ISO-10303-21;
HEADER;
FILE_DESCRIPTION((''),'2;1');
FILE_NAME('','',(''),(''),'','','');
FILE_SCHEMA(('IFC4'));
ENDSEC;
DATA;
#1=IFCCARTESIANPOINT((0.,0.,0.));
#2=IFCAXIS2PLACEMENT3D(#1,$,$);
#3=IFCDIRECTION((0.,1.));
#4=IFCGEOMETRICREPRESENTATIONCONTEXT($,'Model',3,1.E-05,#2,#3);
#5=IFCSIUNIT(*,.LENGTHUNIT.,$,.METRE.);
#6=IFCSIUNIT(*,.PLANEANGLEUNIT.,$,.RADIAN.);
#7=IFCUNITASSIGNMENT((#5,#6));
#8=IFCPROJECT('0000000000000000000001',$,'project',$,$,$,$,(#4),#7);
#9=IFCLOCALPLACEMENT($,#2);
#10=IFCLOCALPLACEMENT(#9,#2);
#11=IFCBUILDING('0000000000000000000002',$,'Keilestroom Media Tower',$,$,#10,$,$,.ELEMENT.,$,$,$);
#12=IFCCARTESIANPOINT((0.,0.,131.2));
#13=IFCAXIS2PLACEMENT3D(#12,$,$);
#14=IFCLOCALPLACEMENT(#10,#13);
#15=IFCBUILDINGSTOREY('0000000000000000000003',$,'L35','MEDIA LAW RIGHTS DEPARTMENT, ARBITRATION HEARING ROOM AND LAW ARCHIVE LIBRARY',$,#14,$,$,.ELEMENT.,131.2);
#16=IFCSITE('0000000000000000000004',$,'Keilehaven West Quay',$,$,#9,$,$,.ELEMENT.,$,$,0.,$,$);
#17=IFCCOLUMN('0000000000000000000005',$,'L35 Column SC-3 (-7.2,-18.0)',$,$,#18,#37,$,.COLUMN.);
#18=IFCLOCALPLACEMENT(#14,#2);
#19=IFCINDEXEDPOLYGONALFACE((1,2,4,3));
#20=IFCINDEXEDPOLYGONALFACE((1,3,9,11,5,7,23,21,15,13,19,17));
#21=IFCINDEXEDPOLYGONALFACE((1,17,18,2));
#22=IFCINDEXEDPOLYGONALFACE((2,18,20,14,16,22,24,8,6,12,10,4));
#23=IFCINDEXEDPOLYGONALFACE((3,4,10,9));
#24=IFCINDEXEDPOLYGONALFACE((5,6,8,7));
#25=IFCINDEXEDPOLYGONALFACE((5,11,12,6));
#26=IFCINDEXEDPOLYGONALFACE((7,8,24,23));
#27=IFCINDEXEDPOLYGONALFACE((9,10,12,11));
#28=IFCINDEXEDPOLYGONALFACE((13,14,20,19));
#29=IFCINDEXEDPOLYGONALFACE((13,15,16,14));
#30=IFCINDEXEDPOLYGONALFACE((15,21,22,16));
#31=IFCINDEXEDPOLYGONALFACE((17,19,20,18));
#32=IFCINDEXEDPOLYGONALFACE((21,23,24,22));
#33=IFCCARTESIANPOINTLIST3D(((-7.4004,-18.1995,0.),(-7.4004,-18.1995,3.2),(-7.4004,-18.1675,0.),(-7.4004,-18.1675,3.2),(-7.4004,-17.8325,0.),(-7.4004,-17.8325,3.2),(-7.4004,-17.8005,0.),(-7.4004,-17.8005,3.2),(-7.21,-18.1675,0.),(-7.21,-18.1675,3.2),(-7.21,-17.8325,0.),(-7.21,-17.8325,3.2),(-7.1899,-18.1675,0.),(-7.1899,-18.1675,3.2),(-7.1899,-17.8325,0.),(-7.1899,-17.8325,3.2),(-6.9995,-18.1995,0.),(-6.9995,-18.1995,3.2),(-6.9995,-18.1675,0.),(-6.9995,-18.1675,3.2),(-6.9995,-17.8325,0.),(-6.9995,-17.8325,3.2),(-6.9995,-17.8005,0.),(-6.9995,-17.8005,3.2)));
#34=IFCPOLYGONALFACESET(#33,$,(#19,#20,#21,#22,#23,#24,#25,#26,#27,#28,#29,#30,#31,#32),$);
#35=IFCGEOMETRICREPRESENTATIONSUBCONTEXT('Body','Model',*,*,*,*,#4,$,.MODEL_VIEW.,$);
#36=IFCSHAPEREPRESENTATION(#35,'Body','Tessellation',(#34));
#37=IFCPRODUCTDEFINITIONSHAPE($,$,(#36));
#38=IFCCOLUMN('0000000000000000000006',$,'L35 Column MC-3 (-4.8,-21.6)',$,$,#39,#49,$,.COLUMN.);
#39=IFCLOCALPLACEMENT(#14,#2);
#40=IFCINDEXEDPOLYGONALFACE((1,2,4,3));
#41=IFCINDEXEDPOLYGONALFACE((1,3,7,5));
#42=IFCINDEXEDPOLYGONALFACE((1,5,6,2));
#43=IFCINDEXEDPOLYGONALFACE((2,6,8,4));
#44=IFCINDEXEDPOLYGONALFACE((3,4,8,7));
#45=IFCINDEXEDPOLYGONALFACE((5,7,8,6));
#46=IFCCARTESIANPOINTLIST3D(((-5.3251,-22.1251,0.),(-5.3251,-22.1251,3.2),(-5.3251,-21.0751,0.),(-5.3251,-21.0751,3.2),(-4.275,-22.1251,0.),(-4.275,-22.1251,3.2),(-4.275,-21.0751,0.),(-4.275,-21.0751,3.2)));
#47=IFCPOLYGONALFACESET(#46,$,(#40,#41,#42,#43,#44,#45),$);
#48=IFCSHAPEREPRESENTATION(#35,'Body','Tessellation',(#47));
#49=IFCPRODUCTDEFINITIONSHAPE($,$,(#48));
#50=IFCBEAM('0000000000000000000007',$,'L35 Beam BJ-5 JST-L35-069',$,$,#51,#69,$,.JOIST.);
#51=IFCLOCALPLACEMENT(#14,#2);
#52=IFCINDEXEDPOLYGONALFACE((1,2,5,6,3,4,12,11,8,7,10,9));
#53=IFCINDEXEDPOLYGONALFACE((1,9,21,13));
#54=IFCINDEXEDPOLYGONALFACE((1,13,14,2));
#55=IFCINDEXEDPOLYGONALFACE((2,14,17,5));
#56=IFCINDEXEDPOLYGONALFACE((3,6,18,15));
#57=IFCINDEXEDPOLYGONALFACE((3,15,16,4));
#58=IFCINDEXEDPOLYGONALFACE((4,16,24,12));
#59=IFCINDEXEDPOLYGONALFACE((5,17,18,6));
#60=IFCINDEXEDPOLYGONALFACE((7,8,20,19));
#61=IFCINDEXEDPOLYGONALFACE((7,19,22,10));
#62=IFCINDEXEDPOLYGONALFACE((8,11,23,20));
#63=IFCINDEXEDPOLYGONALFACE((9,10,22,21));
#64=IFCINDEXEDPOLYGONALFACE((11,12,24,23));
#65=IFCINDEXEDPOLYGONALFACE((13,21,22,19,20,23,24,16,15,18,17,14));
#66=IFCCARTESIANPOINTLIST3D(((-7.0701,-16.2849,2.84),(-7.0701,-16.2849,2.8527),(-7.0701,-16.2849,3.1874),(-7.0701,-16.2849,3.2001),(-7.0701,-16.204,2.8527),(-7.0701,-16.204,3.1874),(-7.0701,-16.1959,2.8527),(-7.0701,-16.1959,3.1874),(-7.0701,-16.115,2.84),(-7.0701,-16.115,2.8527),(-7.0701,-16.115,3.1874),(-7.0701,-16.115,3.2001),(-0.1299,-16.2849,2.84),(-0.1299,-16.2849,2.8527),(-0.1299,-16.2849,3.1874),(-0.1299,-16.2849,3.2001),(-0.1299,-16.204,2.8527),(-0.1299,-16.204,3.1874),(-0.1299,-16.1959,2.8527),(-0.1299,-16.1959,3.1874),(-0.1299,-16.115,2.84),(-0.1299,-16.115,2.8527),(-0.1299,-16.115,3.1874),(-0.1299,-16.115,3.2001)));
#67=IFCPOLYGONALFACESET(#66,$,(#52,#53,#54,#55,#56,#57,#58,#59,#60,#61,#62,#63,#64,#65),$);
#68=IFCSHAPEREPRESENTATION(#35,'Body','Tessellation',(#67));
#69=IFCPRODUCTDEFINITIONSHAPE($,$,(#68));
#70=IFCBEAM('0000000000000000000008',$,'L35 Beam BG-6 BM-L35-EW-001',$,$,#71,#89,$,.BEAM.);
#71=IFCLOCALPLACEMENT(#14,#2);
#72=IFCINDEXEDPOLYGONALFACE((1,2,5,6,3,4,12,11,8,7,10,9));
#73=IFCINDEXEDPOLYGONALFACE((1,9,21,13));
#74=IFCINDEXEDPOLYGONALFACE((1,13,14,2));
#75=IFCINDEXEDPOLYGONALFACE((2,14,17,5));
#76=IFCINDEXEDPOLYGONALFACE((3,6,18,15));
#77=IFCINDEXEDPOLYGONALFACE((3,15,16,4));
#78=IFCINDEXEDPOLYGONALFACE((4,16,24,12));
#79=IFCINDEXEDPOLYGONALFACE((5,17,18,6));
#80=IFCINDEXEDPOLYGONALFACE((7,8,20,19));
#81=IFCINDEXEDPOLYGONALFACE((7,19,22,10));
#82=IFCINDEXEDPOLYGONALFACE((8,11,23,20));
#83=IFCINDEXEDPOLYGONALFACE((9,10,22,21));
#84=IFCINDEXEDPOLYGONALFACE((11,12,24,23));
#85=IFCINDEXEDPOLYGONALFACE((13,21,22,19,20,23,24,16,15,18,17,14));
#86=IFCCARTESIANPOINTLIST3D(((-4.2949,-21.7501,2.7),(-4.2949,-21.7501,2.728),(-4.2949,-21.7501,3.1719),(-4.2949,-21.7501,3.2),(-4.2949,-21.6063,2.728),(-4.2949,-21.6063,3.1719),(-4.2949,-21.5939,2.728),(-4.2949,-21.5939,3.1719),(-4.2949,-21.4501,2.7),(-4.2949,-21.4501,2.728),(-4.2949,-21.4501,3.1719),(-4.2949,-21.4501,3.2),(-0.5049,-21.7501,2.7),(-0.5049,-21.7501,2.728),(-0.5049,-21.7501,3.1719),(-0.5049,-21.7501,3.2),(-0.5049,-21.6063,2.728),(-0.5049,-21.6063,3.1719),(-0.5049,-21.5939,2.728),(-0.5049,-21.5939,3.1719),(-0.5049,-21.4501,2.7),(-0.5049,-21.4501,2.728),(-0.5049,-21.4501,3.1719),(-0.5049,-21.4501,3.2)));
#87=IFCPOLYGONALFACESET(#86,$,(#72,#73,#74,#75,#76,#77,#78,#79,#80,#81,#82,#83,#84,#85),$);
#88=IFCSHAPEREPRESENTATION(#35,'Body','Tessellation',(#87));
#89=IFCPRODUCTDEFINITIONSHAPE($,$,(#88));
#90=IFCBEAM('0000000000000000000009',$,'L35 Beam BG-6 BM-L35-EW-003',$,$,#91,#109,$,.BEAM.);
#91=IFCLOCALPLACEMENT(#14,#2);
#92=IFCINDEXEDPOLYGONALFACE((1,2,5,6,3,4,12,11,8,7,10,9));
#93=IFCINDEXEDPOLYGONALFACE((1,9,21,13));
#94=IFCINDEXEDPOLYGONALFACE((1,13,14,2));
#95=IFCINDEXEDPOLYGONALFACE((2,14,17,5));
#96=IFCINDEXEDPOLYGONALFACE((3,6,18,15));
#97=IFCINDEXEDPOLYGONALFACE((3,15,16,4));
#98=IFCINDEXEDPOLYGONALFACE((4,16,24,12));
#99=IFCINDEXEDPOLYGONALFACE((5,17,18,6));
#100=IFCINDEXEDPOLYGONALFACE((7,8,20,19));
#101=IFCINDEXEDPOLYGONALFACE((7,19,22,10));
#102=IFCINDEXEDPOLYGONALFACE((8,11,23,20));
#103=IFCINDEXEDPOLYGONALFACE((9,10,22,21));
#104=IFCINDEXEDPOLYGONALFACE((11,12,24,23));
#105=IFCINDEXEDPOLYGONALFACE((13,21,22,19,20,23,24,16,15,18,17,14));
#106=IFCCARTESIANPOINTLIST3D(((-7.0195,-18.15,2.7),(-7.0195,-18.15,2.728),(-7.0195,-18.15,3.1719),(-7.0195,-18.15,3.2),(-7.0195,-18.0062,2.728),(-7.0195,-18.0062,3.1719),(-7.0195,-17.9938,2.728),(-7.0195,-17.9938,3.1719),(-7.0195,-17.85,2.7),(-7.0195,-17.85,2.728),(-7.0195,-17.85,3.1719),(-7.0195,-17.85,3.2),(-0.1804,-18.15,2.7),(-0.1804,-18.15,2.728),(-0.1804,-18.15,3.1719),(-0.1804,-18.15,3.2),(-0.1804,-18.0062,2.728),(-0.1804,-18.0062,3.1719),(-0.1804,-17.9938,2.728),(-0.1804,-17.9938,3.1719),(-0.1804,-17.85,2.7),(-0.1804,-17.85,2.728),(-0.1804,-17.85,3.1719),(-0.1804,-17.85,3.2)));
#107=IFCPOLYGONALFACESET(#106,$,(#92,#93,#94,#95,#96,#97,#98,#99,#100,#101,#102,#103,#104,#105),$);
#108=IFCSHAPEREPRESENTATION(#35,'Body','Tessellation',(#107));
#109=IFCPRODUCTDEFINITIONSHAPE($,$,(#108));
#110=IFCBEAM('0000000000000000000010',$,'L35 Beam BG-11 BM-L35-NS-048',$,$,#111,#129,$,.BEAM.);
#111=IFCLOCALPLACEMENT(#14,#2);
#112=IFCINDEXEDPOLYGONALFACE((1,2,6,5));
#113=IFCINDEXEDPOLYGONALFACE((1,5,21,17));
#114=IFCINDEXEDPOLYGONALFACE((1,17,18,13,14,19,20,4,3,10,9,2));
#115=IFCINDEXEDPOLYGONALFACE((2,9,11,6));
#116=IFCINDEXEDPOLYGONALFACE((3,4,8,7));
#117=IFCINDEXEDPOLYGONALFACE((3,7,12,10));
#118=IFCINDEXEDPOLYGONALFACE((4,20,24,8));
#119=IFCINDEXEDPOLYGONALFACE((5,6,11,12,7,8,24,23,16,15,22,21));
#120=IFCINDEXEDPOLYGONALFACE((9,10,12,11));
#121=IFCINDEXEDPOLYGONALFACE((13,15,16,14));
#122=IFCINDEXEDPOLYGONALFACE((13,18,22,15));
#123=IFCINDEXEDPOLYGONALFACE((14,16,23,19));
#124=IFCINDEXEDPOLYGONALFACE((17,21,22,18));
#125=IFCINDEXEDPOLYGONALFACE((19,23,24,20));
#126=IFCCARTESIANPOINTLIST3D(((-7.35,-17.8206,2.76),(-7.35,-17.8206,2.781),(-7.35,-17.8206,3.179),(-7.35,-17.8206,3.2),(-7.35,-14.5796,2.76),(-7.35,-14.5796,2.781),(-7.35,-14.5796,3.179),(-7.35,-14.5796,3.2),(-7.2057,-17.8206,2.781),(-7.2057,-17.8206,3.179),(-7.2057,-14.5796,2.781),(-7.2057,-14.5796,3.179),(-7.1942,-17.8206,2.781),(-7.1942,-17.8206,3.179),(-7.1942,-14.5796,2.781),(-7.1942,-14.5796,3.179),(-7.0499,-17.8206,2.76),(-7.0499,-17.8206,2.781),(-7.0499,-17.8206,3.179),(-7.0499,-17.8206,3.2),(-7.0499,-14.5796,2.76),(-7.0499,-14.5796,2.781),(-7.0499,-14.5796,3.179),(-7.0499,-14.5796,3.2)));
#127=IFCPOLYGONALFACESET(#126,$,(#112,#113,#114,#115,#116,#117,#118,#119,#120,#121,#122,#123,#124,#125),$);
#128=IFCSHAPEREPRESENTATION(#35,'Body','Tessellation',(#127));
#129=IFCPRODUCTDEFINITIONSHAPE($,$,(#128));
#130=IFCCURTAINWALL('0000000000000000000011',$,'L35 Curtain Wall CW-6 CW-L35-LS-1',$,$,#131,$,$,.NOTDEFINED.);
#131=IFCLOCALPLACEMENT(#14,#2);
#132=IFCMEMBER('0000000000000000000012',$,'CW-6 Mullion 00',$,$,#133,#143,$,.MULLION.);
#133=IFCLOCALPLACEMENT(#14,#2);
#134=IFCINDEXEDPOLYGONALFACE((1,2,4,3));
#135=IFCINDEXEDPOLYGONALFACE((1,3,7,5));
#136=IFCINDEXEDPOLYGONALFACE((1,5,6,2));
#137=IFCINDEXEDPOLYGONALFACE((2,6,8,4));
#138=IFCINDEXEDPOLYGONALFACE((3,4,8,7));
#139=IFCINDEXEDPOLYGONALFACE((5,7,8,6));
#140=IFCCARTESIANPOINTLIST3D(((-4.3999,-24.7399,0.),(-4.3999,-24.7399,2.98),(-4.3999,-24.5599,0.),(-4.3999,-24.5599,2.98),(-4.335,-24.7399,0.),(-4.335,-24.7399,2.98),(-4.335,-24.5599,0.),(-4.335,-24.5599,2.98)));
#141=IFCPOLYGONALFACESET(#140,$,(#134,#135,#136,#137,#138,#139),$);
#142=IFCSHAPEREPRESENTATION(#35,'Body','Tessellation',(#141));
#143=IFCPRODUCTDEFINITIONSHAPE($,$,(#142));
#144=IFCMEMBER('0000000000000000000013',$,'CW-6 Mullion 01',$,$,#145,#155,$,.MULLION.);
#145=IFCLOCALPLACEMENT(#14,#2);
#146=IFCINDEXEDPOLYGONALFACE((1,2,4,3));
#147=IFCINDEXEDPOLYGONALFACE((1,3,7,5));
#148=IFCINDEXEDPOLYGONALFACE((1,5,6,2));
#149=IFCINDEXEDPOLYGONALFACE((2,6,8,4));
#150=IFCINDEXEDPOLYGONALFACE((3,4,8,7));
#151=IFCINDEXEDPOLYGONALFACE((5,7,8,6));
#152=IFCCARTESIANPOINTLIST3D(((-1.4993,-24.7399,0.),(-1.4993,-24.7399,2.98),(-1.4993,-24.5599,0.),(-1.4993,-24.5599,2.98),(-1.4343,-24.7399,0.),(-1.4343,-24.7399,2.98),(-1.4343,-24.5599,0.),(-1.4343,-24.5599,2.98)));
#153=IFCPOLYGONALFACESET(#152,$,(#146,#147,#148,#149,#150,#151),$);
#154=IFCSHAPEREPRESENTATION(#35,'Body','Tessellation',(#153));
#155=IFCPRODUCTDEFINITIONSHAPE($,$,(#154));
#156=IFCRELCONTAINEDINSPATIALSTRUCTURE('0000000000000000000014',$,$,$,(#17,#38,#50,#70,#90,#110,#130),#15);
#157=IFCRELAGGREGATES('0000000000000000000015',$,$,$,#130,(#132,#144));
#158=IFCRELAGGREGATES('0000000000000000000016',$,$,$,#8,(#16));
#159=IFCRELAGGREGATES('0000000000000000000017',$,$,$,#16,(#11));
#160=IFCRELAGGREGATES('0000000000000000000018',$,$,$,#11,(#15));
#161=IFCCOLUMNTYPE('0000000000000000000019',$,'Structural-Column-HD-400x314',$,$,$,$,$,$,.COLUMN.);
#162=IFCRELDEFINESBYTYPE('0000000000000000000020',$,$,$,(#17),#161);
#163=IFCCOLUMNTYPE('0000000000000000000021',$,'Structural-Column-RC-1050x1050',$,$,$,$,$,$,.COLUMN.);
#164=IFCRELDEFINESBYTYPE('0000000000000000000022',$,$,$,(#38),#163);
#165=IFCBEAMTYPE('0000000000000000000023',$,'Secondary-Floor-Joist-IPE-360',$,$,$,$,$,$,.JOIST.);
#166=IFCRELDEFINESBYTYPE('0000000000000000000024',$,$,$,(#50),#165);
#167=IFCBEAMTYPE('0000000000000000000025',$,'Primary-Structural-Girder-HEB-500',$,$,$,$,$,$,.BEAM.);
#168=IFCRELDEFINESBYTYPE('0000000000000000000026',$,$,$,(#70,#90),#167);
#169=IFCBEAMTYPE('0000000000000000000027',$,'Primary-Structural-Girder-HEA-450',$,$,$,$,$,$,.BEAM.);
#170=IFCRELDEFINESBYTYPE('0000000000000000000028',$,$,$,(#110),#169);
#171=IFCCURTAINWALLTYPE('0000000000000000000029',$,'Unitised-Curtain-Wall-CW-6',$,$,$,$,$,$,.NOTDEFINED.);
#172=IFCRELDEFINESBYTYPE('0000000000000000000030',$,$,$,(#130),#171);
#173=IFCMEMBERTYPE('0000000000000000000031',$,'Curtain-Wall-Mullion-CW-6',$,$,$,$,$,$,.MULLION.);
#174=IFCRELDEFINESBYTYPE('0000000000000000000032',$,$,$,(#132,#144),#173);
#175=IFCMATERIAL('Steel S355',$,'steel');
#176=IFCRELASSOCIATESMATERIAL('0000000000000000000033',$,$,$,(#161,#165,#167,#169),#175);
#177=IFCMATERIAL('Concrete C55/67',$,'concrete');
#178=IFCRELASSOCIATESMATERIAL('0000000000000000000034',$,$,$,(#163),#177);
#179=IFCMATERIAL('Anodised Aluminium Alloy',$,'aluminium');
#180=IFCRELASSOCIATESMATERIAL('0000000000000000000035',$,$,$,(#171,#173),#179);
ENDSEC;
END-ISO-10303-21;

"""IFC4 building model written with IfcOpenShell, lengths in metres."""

from ifc_helpers import new_model, si_unit, direction, frame, origin, origin_2d, place, context, subcontext, project, spatial, rectangle, i_section, extrude, source, transform, mapped, material, material_profile, profile_set, type_object, element, aggregate, save


model = new_model("IFC4")

# Units and contexts
model_context = context("Model", 3, precision=1e-05, world=origin(), true_north=direction((0.0, 1.0)))
body_context = subcontext(model_context, "Body", "Model", "MODEL_VIEW")
ifc_project = project(units=[si_unit("LENGTHUNIT", "METRE"), si_unit("PLANEANGLEUNIT", "RADIAN")], contexts=[model_context])

# Site, building, storey
site_placement = place(None, origin())
site = spatial("IfcSite", under=ifc_project, at=site_placement, Name="Keilehaven West Quay", CompositionType="ELEMENT", RefElevation=0.0)
building_placement = place(site_placement, origin())
building = spatial("IfcBuilding", under=site, at=building_placement, Name="Keilestroom Media Tower", CompositionType="ELEMENT")
storey_placement = place(building_placement, frame((0.0, 0.0, 131.2)))
storey = spatial("IfcBuildingStorey", under=building, at=storey_placement, Name="L35", Description="MEDIA LAW RIGHTS DEPARTMENT, ARBITRATION HEARING ROOM AND LAW ARCHIVE LIBRARY", CompositionType="ELEMENT", Elevation=131.2)

# Columns
ifc_material_1 = material(Name="Steel S355", Category="steel")
ifc_material_profile_1 = material_profile(ifc_material_1, i_section(OverallWidth=0.4009, OverallDepth=0.3989, WebThickness=0.02, FlangeThickness=0.032, at=origin_2d()), Name="HD 400x314")
ifc_profile_set_1 = profile_set([ifc_material_profile_1], Name="Steel S355")
column_type_1 = type_object("IfcColumnType", Name="Structural-Column-HD-400x314", PredefinedType="COLUMN", material=ifc_profile_set_1)
shared_shape_1 = source(origin(), body_context, "Body", "SweptSolid", [
    extrude(i_section(OverallWidth=0.4009, OverallDepth=0.3989, WebThickness=0.02, FlangeThickness=0.032, at=origin_2d()), origin(), (0.0, 0.0, 1.0), 3.2),
])
column_1_placement = place(storey_placement, frame((-7.2, -18.0, 0.0), z_axis=(0.0, 0.0, 1.0), x_axis=(1.0, 0.0, 0.0)))
element("IfcColumn", 1, at=column_1_placement, inside=storey, type_object=column_type_1, Name="L35 Column SC-3 (-7.2,-18.0)", PredefinedType="COLUMN", context=body_context, shape_type="MappedRepresentation", body=[
    mapped(shared_shape_1, transform((0.0, 0.0, 0.0), x_axis=(1.0, 0.0, 0.0), y_axis=(0.0, 1.0, 0.0), z_axis=(0.0, 0.0, 1.0), scale=1.0)),
])
ifc_material_2 = material(Name="Concrete C55/67", Category="concrete")
ifc_material_profile_2 = material_profile(ifc_material_2, rectangle(XDim=1.05, YDim=1.05, at=origin_2d()), Name="RC 1050x1050")
ifc_profile_set_2 = profile_set([ifc_material_profile_2], Name="Concrete C55/67")
column_type_2 = type_object("IfcColumnType", Name="Structural-Column-RC-1050x1050", PredefinedType="COLUMN", material=ifc_profile_set_2)
shared_shape_2 = source(origin(), body_context, "Body", "SweptSolid", [
    extrude(rectangle(XDim=1.05, YDim=1.05, at=origin_2d()), origin(), (0.0, 0.0, 1.0), 3.2),
])
column_2_placement = place(storey_placement, frame((-4.8, -21.6001, 0.0), z_axis=(0.0, 0.0, 1.0), x_axis=(1.0, 0.0, 0.0)))
element("IfcColumn", 2, at=column_2_placement, inside=storey, type_object=column_type_2, Name="L35 Column MC-3 (-4.8,-21.6)", PredefinedType="COLUMN", context=body_context, shape_type="MappedRepresentation", body=[
    mapped(shared_shape_2, transform((0.0, 0.0, 0.0), x_axis=(1.0, 0.0, 0.0), y_axis=(0.0, 1.0, 0.0), z_axis=(0.0, 0.0, 1.0), scale=1.0)),
])

# Beams
ifc_material_profile_3 = material_profile(ifc_material_1, i_section(OverallWidth=0.1699, OverallDepth=0.3601, WebThickness=0.0081, FlangeThickness=0.0127, at=origin_2d()), Name="IPE 360")
ifc_profile_set_3 = profile_set([ifc_material_profile_3], Name="Steel S355")
beam_type_1 = type_object("IfcBeamType", Name="Secondary-Floor-Joist-IPE-360", PredefinedType="JOIST", material=ifc_profile_set_3)
shared_shape_3 = source(origin(), body_context, "Body", "SweptSolid", [
    extrude(i_section(OverallWidth=0.1699, OverallDepth=0.3601, WebThickness=0.0081, FlangeThickness=0.0127, at=origin_2d()), origin(), (0.0, 0.0, 1.0), 6.9402),
])
beam_1_placement = place(storey_placement, frame((-7.0701, -16.2, 3.02), z_axis=(1.0, 0.0, 0.0), x_axis=(0.0, 1.0, 0.0)))
element("IfcBeam", 3, at=beam_1_placement, inside=storey, type_object=beam_type_1, Name="L35 Beam BJ-5 JST-L35-069", PredefinedType="JOIST", context=body_context, shape_type="MappedRepresentation", body=[
    mapped(shared_shape_3, transform((0.0, 0.0, 0.0), x_axis=(1.0, 0.0, 0.0), y_axis=(0.0, 1.0, 0.0), z_axis=(0.0, 0.0, 1.0), scale=1.0)),
])
ifc_material_profile_4 = material_profile(ifc_material_1, i_section(OverallWidth=0.3, OverallDepth=0.5, WebThickness=0.0125, FlangeThickness=0.0281, at=origin_2d()), Name="HEB 500")
ifc_profile_set_4 = profile_set([ifc_material_profile_4], Name="Steel S355")
beam_type_2 = type_object("IfcBeamType", Name="Primary-Structural-Girder-HEB-500", PredefinedType="BEAM", material=ifc_profile_set_4)
shared_shape_4 = source(origin(), body_context, "Body", "SweptSolid", [
    extrude(i_section(OverallWidth=0.3, OverallDepth=0.5, WebThickness=0.0125, FlangeThickness=0.0281, at=origin_2d()), origin(), (0.0, 0.0, 1.0), 3.79),
])
beam_2_placement = place(storey_placement, frame((-4.2949, -21.6001, 2.95), z_axis=(1.0, 0.0, 0.0), x_axis=(0.0, 1.0, 0.0)))
element("IfcBeam", 4, at=beam_2_placement, inside=storey, type_object=beam_type_2, Name="L35 Beam BG-6 BM-L35-EW-001", PredefinedType="BEAM", context=body_context, shape_type="MappedRepresentation", body=[
    mapped(shared_shape_4, transform((0.0, 0.0, 0.0), x_axis=(1.0, 0.0, 0.0), y_axis=(0.0, 1.0, 0.0), z_axis=(0.0, 0.0, 1.0), scale=1.0)),
])
shared_shape_5 = source(origin(), body_context, "Body", "SweptSolid", [
    extrude(i_section(OverallWidth=0.3, OverallDepth=0.5, WebThickness=0.0125, FlangeThickness=0.0281, at=origin_2d()), origin(), (0.0, 0.0, 1.0), 6.8391),
])
beam_3_placement = place(storey_placement, frame((-7.0195, -18.0, 2.95), z_axis=(1.0, 0.0, 0.0), x_axis=(0.0, 1.0, 0.0)))
element("IfcBeam", 5, at=beam_3_placement, inside=storey, type_object=beam_type_2, Name="L35 Beam BG-6 BM-L35-EW-003", PredefinedType="BEAM", context=body_context, shape_type="MappedRepresentation", body=[
    mapped(shared_shape_5, transform((0.0, 0.0, 0.0), x_axis=(1.0, 0.0, 0.0), y_axis=(0.0, 1.0, 0.0), z_axis=(0.0, 0.0, 1.0), scale=1.0)),
])
ifc_material_profile_5 = material_profile(ifc_material_1, i_section(OverallWidth=0.3, OverallDepth=0.4399, WebThickness=0.0115, FlangeThickness=0.021, at=origin_2d()), Name="HEA 450")
ifc_profile_set_5 = profile_set([ifc_material_profile_5], Name="Steel S355")
beam_type_3 = type_object("IfcBeamType", Name="Primary-Structural-Girder-HEA-450", PredefinedType="BEAM", material=ifc_profile_set_5)
shared_shape_6 = source(origin(), body_context, "Body", "SweptSolid", [
    extrude(i_section(OverallWidth=0.3, OverallDepth=0.4399, WebThickness=0.0115, FlangeThickness=0.021, at=origin_2d()), origin(), (0.0, 0.0, 1.0), 3.241),
])
beam_4_placement = place(storey_placement, frame((-7.2, -17.8206, 2.98), z_axis=(0.0, 1.0, 0.0), x_axis=(-1.0, 0.0, 0.0)))
element("IfcBeam", 6, at=beam_4_placement, inside=storey, type_object=beam_type_3, Name="L35 Beam BG-11 BM-L35-NS-048", PredefinedType="BEAM", context=body_context, shape_type="MappedRepresentation", body=[
    mapped(shared_shape_6, transform((0.0, 0.0, 0.0), x_axis=(1.0, 0.0, 0.0), y_axis=(0.0, 1.0, 0.0), z_axis=(0.0, 0.0, 1.0), scale=1.0)),
])

# Curtain wall, members
ifc_material_3 = material(Name="Anodised Aluminium Alloy", Category="aluminium")
curtain_wall_type = type_object("IfcCurtainWallType", Name="Unitised-Curtain-Wall-CW-6", PredefinedType="NOTDEFINED", material=ifc_material_3)
curtain_wall_placement = place(storey_placement, origin())
curtain_wall = element("IfcCurtainWall", 7, at=curtain_wall_placement, inside=storey, type_object=curtain_wall_type, Name="L35 Curtain Wall CW-6 CW-L35-LS-1", PredefinedType="NOTDEFINED")
ifc_material_profile_6 = material_profile(ifc_material_3, rectangle(XDim=0.0649, YDim=0.1799, at=origin_2d()), Name="ALU MULLION 65x180")
ifc_profile_set_6 = profile_set([ifc_material_profile_6], Name="Anodised Aluminium Alloy")
member_type_1 = type_object("IfcMemberType", Name="Curtain-Wall-Mullion-CW-6", PredefinedType="MULLION", material=ifc_profile_set_6)
shared_shape_7 = source(origin(), body_context, "Body", "SweptSolid", [
    extrude(rectangle(XDim=0.0649, YDim=0.1799, at=origin_2d()), origin(), (0.0, 0.0, 1.0), 2.98),
])
member_1_placement = place(storey_placement, frame((-4.3674, -24.6499, 0.0), z_axis=(0.0, 0.0, 1.0), x_axis=(1.0, 0.0, 0.0)))
member_1 = element("IfcMember", 8, at=member_1_placement, type_object=member_type_1, Name="CW-6 Mullion 00", PredefinedType="MULLION", context=body_context, shape_type="MappedRepresentation", body=[
    mapped(shared_shape_7, transform((0.0, 0.0, 0.0), x_axis=(1.0, 0.0, 0.0), y_axis=(0.0, 1.0, 0.0), z_axis=(0.0, 0.0, 1.0), scale=1.0)),
])
member_2_placement = place(storey_placement, frame((-1.4668, -24.6499, 0.0), z_axis=(0.0, 0.0, 1.0), x_axis=(1.0, 0.0, 0.0)))
member_2 = element("IfcMember", 9, at=member_2_placement, type_object=member_type_1, Name="CW-6 Mullion 01", PredefinedType="MULLION", context=body_context, shape_type="MappedRepresentation", body=[
    mapped(shared_shape_7, transform((0.0, 0.0, 0.0), x_axis=(1.0, 0.0, 0.0), y_axis=(0.0, 1.0, 0.0), z_axis=(0.0, 0.0, 1.0), scale=1.0)),
])
aggregate(curtain_wall, [member_1, member_2])

save(model, "model.ifc")
